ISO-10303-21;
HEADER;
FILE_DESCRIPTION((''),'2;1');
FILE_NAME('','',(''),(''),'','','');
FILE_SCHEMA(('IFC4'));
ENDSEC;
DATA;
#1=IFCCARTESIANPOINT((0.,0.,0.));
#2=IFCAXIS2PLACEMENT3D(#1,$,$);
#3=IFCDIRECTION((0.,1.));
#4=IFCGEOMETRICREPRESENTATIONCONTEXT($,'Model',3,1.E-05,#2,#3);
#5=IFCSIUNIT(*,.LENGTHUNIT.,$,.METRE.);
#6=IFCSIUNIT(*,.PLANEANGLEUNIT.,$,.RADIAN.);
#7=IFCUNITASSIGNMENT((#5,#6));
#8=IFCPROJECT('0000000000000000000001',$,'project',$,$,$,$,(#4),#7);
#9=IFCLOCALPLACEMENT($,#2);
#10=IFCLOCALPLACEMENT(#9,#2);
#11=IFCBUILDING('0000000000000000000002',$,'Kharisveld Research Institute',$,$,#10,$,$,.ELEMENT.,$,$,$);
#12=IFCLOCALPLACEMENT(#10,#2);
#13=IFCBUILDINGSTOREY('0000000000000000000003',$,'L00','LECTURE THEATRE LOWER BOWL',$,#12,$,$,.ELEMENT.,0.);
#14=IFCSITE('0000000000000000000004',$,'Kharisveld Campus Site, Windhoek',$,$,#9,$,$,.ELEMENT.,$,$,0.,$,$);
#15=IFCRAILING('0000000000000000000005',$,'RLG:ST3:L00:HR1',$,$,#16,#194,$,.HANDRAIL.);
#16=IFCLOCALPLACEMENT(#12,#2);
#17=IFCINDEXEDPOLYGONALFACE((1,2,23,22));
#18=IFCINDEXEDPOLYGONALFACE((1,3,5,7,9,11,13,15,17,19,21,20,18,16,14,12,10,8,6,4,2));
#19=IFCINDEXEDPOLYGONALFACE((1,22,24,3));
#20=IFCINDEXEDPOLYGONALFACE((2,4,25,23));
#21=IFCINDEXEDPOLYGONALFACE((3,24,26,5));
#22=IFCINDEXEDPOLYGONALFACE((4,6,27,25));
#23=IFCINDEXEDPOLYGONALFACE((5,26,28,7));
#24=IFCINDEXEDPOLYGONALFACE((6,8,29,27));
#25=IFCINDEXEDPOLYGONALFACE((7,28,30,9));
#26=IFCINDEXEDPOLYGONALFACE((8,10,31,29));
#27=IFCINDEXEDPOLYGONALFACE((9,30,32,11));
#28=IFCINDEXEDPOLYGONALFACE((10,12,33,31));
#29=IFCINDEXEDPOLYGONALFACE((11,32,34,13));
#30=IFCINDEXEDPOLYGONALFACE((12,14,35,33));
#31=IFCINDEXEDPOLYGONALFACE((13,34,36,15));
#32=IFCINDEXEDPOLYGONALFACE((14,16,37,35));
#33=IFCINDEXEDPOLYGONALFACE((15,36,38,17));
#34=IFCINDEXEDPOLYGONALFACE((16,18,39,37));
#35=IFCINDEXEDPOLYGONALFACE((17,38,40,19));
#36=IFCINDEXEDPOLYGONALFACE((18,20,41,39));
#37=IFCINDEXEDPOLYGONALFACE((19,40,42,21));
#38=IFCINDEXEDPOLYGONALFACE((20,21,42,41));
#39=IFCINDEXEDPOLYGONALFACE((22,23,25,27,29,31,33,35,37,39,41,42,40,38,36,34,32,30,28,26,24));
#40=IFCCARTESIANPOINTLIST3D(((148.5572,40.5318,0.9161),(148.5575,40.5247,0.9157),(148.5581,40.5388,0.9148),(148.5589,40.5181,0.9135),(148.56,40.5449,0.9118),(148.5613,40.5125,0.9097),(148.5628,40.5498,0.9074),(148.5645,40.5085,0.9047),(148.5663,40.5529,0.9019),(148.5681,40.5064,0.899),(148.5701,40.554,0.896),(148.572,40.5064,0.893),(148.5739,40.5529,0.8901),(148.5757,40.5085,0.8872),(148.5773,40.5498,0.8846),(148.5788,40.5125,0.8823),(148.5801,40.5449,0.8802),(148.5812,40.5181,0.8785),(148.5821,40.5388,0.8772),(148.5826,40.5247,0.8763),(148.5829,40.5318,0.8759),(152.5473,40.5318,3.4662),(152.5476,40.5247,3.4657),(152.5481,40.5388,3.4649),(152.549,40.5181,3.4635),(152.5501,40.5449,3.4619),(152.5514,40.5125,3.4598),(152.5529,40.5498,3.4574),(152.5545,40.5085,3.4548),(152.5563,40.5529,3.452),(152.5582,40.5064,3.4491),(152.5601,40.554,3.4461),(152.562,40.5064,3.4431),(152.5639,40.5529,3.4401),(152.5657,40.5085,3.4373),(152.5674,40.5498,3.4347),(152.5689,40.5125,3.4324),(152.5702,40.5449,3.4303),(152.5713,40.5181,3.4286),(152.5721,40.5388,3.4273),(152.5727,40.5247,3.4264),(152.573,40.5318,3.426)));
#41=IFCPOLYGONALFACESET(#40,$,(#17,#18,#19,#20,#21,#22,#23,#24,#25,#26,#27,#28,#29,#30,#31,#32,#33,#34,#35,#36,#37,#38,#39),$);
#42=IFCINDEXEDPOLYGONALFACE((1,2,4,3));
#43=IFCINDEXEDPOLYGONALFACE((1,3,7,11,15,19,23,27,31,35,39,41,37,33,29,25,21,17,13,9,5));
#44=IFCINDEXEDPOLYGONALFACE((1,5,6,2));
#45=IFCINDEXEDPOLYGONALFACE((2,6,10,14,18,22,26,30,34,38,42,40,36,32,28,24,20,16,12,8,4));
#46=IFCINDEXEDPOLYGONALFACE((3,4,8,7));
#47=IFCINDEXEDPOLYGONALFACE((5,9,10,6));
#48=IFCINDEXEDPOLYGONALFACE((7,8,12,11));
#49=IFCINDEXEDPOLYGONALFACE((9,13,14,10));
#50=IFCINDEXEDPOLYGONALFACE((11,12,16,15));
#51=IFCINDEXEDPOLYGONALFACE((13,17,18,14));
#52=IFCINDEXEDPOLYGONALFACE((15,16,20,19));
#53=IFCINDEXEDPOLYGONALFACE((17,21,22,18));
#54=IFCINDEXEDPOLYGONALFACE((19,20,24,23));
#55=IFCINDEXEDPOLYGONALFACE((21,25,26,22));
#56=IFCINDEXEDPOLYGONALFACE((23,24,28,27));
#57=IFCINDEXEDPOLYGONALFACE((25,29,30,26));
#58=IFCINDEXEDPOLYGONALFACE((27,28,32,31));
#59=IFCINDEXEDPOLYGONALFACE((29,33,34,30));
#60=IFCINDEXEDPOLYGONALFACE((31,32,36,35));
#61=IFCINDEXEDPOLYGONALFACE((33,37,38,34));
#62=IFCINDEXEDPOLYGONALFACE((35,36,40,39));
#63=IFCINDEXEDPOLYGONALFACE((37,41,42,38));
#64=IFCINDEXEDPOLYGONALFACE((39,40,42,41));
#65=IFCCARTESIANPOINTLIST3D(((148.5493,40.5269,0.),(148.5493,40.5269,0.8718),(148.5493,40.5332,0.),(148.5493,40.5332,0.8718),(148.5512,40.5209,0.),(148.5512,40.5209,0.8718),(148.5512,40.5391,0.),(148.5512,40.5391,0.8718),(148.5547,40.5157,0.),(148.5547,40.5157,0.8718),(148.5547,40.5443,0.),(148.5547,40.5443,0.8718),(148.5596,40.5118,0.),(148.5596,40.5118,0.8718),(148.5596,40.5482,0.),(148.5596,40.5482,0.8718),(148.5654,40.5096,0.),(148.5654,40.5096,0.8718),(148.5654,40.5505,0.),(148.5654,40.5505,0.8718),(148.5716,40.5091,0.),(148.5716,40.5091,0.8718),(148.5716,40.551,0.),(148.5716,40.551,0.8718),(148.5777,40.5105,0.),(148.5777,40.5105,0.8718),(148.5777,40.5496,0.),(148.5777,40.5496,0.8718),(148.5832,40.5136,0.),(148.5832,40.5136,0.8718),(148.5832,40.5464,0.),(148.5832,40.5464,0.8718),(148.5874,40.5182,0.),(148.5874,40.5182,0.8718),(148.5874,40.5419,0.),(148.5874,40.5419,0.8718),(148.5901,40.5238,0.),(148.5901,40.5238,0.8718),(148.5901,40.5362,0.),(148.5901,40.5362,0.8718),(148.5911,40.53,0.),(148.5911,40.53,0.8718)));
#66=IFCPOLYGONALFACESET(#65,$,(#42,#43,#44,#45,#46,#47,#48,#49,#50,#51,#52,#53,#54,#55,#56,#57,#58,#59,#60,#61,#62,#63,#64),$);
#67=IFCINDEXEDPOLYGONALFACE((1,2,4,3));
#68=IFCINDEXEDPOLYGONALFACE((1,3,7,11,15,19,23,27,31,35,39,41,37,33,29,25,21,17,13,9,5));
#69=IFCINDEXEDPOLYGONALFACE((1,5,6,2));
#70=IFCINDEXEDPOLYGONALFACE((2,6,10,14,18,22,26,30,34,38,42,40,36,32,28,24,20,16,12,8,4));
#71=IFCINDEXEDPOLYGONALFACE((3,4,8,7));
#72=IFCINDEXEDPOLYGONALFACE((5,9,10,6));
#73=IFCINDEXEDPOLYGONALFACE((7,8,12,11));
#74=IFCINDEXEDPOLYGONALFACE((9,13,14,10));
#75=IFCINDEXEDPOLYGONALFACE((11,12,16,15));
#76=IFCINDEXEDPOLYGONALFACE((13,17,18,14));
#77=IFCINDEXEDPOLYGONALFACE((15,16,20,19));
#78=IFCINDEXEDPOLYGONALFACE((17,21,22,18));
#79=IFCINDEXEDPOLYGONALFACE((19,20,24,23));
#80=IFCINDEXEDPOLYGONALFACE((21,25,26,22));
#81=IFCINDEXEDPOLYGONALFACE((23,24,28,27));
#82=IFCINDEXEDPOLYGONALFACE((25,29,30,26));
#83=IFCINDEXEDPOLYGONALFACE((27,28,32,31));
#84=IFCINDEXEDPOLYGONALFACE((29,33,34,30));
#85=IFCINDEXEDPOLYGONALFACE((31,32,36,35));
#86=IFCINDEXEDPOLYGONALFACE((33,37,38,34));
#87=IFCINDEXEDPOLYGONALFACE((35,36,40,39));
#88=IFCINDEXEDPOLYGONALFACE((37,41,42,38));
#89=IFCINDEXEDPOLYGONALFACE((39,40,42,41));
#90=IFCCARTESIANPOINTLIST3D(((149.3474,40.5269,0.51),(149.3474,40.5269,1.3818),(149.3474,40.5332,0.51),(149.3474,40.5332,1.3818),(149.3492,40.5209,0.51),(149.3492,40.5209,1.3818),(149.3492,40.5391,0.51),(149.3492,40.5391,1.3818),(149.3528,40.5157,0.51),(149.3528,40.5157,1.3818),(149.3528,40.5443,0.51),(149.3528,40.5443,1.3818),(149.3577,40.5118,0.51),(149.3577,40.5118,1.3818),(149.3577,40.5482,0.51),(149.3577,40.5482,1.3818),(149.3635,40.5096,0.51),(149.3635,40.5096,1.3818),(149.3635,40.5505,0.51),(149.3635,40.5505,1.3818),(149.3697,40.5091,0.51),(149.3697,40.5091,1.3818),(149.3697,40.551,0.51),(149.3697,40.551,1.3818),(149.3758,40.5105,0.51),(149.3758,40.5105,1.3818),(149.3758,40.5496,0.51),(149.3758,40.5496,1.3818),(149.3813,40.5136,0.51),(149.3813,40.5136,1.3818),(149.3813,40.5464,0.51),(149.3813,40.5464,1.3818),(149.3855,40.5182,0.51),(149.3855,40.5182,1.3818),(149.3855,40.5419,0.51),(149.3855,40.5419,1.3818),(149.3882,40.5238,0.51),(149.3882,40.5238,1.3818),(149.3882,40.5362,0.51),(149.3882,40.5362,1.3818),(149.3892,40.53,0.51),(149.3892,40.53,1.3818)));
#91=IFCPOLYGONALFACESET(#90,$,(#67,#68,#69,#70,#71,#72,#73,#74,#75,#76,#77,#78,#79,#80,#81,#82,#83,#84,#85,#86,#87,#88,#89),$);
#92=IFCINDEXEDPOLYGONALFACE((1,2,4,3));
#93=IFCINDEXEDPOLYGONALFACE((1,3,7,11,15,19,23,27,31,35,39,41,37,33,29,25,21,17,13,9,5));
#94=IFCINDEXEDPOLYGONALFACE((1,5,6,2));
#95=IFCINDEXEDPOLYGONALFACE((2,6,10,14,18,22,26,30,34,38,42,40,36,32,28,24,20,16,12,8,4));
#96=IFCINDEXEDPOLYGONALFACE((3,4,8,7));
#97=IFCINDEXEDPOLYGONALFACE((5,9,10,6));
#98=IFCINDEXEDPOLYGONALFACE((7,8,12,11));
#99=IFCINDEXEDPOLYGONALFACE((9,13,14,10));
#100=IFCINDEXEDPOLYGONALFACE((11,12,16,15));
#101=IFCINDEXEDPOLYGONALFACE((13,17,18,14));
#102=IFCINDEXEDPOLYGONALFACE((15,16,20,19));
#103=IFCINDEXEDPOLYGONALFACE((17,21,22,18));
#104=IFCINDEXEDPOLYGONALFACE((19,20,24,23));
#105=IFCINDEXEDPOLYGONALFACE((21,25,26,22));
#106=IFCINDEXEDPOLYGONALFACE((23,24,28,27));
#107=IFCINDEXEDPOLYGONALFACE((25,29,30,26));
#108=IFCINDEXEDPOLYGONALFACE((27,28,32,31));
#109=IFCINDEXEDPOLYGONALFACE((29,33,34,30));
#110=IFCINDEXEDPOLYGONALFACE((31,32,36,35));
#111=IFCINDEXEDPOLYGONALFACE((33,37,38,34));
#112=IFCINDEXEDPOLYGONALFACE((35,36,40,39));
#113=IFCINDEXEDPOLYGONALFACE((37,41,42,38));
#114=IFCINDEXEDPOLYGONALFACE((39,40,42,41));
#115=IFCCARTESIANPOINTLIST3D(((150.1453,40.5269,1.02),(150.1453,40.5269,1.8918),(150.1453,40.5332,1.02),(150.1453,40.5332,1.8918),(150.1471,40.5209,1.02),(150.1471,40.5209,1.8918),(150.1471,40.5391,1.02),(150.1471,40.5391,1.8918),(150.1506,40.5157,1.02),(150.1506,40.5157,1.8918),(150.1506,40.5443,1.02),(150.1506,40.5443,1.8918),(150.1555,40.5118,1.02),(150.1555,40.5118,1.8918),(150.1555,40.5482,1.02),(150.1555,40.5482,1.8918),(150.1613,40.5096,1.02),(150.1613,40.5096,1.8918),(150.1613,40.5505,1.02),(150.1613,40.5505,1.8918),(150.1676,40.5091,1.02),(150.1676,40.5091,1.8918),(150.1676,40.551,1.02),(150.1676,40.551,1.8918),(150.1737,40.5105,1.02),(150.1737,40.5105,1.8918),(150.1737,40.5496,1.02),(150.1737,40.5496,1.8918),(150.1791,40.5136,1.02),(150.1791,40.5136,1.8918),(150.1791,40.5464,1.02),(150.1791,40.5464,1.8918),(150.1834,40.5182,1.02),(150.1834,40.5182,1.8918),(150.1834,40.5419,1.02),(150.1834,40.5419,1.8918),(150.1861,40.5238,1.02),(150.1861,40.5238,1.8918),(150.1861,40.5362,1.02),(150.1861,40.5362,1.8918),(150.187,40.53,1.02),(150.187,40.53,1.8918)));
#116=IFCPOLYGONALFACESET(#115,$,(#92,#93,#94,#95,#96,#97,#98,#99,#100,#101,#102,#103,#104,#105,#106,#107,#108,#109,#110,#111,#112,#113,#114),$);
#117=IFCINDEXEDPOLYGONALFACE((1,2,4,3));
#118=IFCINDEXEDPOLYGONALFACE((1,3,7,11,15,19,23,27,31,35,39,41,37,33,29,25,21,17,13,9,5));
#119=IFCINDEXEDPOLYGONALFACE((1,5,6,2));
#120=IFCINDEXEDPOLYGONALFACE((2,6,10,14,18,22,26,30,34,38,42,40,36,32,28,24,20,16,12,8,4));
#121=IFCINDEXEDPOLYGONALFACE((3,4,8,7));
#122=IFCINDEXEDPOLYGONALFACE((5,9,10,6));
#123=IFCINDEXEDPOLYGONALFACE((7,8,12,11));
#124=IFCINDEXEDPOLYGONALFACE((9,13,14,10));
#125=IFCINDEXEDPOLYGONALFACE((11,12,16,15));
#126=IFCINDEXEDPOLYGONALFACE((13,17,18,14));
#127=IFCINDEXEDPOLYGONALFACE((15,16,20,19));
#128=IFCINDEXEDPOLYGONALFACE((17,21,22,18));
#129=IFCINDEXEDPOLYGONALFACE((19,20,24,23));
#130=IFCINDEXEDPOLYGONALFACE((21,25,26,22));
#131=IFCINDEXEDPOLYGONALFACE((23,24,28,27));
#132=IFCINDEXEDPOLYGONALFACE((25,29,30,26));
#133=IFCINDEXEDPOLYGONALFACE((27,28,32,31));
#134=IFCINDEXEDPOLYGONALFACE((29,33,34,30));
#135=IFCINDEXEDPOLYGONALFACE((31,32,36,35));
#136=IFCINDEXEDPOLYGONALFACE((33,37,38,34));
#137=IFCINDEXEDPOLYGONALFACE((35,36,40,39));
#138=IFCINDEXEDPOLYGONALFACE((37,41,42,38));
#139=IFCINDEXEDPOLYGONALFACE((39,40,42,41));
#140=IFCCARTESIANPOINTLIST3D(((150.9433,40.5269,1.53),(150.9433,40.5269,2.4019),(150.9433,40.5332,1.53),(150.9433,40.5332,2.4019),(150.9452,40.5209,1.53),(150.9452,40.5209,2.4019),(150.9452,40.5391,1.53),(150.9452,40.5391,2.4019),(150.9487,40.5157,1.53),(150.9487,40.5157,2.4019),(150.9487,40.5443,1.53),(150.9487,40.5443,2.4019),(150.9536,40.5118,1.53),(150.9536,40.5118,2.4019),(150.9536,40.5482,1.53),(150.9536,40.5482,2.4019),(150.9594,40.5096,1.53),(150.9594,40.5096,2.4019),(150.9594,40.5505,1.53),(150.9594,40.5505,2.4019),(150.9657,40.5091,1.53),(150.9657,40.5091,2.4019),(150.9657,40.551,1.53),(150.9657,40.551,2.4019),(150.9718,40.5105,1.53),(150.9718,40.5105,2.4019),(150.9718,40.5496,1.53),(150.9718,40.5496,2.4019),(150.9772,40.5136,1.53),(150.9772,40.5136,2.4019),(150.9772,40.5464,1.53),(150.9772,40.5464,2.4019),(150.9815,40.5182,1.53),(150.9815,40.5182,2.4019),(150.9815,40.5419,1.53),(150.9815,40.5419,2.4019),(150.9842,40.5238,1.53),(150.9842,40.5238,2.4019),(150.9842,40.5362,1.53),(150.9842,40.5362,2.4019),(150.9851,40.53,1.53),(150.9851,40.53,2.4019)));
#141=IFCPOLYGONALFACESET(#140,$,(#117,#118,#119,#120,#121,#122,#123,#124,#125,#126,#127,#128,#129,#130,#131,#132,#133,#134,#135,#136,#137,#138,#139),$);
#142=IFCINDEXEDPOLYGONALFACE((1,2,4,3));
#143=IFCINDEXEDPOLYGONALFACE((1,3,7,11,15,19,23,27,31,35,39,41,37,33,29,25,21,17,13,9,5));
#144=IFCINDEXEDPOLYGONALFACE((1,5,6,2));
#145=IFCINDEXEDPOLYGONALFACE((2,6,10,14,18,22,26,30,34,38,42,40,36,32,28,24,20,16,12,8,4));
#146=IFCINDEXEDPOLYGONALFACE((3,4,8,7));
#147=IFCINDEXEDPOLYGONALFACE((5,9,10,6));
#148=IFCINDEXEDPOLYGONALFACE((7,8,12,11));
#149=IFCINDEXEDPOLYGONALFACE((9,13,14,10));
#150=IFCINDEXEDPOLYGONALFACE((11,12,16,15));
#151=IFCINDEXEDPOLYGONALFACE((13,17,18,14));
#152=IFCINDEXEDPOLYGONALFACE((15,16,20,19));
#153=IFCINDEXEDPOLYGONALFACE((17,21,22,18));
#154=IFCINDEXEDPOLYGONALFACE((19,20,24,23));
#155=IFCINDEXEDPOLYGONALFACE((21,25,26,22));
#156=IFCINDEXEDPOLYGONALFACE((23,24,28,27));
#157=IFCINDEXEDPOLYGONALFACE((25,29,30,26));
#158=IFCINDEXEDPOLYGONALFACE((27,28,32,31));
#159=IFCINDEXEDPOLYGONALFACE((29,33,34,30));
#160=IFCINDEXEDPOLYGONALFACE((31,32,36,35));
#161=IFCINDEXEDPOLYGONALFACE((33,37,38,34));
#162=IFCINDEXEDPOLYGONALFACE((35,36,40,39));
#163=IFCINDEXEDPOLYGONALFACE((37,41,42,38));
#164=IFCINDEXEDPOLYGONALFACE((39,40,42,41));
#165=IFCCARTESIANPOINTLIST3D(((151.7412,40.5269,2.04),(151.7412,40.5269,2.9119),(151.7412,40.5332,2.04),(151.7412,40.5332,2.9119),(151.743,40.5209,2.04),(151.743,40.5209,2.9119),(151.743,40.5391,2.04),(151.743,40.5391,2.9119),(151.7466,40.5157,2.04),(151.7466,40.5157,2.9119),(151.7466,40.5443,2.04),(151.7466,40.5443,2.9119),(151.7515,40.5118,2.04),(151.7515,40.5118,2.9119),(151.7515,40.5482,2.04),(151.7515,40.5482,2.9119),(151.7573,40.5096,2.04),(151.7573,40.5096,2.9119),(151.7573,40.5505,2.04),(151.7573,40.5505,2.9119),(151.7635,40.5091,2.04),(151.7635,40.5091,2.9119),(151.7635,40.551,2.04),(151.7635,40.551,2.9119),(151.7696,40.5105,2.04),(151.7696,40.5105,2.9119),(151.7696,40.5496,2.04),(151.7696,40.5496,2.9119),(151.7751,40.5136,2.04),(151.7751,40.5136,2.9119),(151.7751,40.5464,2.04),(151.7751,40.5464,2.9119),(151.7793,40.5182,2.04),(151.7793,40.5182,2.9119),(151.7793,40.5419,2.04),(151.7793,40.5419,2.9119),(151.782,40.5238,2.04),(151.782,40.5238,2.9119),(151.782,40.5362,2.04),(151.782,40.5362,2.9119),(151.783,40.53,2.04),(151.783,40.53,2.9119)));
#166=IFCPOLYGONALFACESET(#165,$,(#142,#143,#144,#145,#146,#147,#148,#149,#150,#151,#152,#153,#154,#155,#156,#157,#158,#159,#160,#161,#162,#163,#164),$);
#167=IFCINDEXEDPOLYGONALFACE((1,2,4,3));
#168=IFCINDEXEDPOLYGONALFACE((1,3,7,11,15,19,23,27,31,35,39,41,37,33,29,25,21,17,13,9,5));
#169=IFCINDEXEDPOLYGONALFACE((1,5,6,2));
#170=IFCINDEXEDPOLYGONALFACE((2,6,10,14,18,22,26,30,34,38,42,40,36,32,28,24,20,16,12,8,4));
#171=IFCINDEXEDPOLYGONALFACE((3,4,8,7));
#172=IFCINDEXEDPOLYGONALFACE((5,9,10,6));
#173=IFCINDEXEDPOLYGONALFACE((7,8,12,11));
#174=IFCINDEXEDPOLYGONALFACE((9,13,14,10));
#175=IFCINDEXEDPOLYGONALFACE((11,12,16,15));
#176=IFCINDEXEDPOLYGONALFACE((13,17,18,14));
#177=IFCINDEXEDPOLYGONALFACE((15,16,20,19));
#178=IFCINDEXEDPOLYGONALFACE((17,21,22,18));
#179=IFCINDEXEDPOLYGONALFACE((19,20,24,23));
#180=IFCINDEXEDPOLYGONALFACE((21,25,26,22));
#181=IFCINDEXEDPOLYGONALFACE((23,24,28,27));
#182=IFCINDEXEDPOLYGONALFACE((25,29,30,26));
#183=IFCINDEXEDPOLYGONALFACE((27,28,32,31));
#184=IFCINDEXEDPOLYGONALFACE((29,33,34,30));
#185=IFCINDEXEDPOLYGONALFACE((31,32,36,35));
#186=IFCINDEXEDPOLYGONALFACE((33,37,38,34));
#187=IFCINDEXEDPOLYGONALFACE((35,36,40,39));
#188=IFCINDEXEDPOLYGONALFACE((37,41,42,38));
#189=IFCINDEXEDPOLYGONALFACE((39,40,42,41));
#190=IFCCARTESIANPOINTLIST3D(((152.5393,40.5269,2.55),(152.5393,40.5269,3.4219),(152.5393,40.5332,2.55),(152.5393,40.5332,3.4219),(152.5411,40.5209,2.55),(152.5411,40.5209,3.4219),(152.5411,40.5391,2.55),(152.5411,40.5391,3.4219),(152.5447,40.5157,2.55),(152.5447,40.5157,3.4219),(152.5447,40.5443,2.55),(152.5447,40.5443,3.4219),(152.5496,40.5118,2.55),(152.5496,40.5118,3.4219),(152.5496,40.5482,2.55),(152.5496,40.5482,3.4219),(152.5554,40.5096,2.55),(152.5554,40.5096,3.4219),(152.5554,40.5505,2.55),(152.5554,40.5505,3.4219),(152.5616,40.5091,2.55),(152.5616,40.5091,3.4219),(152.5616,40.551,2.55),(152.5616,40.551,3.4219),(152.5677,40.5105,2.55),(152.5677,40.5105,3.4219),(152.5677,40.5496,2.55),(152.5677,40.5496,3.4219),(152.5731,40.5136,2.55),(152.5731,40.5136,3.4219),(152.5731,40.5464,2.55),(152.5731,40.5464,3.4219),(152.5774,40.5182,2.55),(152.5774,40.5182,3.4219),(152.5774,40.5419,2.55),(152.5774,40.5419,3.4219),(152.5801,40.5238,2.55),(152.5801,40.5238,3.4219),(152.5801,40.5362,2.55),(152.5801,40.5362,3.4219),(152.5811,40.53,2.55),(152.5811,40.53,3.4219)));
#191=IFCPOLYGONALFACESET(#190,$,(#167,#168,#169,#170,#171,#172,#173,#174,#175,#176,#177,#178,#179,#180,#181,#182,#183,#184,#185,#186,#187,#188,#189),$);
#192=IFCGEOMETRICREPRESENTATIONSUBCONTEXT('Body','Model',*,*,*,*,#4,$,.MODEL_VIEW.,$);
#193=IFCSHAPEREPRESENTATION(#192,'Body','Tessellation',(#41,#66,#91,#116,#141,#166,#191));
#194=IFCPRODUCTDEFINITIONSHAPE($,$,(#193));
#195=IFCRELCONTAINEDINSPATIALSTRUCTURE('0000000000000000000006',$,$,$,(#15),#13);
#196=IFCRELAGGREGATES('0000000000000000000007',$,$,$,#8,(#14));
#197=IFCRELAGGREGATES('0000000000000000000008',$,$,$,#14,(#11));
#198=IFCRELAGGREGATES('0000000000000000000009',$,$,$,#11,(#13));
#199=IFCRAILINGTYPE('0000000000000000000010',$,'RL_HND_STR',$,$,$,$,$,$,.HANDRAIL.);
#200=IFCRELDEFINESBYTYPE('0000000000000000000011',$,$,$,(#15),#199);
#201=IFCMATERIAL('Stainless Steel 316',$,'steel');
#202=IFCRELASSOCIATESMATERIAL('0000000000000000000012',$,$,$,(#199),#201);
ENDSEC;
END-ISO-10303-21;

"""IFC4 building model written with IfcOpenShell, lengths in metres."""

from ifc_helpers import new_model, si_unit, direction, frame, origin, origin_2d, place, context, subcontext, project, spatial, circle, extrude, material, type_object, element, save


model = new_model("IFC4")

# Units and contexts
model_context = context("Model", 3, precision=1e-05, world=origin(), true_north=direction((0.0, 1.0)))
body_context = subcontext(model_context, "Body", "Model", "MODEL_VIEW")
ifc_project = project(units=[si_unit("LENGTHUNIT", "METRE"), si_unit("PLANEANGLEUNIT", "RADIAN")], contexts=[model_context])

# Site, building, storey
site_placement = place(None, origin())
site = spatial("IfcSite", under=ifc_project, at=site_placement, Name="Kharisveld Campus Site, Windhoek", CompositionType="ELEMENT", RefElevation=0.0)
building_placement = place(site_placement, origin())
building = spatial("IfcBuilding", under=site, at=building_placement, Name="Kharisveld Research Institute", CompositionType="ELEMENT")
storey_placement = place(building_placement, origin())
storey = spatial("IfcBuildingStorey", under=building, at=storey_placement, Name="L00", Description="LECTURE THEATRE LOWER BOWL", CompositionType="ELEMENT", Elevation=0.0)

# Railing
ifc_material_1 = material(Name="Stainless Steel 316", Category="steel")
railing_type_1 = type_object("IfcRailingType", Name="RL_HND_STR", PredefinedType="HANDRAIL", material=ifc_material_1)
railing_1_placement = place(storey_placement, frame((148.5701, 40.53, 0.0)))
element("IfcRailing", 1, at=railing_1_placement, inside=storey, type_object=railing_type_1, Name="RLG:ST3:L00:HR1", PredefinedType="HANDRAIL", context=body_context, shape_type="SweptSolid", body=[
    extrude(circle(Radius=0.0239, at=origin_2d()), frame((0.0, 0.0, 0.896), z_axis=(0.842611, 0.0, 0.538523), x_axis=(0.0, 1.0, 0.0)), (0.0, 0.0, 1.0), 4.7354),
    extrude(circle(Radius=0.021, at=origin_2d()), origin(), (0.0, 0.0, 1.0), 0.8718),
    extrude(circle(Radius=0.021, at=origin_2d()), frame((0.7981, 0.0, 0.51)), (0.0, 0.0, 1.0), 0.8718),
    extrude(circle(Radius=0.021, at=origin_2d()), frame((1.5959, 0.0, 1.02)), (0.0, 0.0, 1.0), 0.8718),
    extrude(circle(Radius=0.021, at=origin_2d()), frame((2.394, 0.0, 1.53)), (0.0, 0.0, 1.0), 0.8718),
    extrude(circle(Radius=0.021, at=origin_2d()), frame((3.1919, 0.0, 2.04)), (0.0, 0.0, 1.0), 0.8718),
    extrude(circle(Radius=0.021, at=origin_2d()), frame((3.99, 0.0, 2.55)), (0.0, 0.0, 1.0), 0.8718),
])

save(model, "model.ifc")
